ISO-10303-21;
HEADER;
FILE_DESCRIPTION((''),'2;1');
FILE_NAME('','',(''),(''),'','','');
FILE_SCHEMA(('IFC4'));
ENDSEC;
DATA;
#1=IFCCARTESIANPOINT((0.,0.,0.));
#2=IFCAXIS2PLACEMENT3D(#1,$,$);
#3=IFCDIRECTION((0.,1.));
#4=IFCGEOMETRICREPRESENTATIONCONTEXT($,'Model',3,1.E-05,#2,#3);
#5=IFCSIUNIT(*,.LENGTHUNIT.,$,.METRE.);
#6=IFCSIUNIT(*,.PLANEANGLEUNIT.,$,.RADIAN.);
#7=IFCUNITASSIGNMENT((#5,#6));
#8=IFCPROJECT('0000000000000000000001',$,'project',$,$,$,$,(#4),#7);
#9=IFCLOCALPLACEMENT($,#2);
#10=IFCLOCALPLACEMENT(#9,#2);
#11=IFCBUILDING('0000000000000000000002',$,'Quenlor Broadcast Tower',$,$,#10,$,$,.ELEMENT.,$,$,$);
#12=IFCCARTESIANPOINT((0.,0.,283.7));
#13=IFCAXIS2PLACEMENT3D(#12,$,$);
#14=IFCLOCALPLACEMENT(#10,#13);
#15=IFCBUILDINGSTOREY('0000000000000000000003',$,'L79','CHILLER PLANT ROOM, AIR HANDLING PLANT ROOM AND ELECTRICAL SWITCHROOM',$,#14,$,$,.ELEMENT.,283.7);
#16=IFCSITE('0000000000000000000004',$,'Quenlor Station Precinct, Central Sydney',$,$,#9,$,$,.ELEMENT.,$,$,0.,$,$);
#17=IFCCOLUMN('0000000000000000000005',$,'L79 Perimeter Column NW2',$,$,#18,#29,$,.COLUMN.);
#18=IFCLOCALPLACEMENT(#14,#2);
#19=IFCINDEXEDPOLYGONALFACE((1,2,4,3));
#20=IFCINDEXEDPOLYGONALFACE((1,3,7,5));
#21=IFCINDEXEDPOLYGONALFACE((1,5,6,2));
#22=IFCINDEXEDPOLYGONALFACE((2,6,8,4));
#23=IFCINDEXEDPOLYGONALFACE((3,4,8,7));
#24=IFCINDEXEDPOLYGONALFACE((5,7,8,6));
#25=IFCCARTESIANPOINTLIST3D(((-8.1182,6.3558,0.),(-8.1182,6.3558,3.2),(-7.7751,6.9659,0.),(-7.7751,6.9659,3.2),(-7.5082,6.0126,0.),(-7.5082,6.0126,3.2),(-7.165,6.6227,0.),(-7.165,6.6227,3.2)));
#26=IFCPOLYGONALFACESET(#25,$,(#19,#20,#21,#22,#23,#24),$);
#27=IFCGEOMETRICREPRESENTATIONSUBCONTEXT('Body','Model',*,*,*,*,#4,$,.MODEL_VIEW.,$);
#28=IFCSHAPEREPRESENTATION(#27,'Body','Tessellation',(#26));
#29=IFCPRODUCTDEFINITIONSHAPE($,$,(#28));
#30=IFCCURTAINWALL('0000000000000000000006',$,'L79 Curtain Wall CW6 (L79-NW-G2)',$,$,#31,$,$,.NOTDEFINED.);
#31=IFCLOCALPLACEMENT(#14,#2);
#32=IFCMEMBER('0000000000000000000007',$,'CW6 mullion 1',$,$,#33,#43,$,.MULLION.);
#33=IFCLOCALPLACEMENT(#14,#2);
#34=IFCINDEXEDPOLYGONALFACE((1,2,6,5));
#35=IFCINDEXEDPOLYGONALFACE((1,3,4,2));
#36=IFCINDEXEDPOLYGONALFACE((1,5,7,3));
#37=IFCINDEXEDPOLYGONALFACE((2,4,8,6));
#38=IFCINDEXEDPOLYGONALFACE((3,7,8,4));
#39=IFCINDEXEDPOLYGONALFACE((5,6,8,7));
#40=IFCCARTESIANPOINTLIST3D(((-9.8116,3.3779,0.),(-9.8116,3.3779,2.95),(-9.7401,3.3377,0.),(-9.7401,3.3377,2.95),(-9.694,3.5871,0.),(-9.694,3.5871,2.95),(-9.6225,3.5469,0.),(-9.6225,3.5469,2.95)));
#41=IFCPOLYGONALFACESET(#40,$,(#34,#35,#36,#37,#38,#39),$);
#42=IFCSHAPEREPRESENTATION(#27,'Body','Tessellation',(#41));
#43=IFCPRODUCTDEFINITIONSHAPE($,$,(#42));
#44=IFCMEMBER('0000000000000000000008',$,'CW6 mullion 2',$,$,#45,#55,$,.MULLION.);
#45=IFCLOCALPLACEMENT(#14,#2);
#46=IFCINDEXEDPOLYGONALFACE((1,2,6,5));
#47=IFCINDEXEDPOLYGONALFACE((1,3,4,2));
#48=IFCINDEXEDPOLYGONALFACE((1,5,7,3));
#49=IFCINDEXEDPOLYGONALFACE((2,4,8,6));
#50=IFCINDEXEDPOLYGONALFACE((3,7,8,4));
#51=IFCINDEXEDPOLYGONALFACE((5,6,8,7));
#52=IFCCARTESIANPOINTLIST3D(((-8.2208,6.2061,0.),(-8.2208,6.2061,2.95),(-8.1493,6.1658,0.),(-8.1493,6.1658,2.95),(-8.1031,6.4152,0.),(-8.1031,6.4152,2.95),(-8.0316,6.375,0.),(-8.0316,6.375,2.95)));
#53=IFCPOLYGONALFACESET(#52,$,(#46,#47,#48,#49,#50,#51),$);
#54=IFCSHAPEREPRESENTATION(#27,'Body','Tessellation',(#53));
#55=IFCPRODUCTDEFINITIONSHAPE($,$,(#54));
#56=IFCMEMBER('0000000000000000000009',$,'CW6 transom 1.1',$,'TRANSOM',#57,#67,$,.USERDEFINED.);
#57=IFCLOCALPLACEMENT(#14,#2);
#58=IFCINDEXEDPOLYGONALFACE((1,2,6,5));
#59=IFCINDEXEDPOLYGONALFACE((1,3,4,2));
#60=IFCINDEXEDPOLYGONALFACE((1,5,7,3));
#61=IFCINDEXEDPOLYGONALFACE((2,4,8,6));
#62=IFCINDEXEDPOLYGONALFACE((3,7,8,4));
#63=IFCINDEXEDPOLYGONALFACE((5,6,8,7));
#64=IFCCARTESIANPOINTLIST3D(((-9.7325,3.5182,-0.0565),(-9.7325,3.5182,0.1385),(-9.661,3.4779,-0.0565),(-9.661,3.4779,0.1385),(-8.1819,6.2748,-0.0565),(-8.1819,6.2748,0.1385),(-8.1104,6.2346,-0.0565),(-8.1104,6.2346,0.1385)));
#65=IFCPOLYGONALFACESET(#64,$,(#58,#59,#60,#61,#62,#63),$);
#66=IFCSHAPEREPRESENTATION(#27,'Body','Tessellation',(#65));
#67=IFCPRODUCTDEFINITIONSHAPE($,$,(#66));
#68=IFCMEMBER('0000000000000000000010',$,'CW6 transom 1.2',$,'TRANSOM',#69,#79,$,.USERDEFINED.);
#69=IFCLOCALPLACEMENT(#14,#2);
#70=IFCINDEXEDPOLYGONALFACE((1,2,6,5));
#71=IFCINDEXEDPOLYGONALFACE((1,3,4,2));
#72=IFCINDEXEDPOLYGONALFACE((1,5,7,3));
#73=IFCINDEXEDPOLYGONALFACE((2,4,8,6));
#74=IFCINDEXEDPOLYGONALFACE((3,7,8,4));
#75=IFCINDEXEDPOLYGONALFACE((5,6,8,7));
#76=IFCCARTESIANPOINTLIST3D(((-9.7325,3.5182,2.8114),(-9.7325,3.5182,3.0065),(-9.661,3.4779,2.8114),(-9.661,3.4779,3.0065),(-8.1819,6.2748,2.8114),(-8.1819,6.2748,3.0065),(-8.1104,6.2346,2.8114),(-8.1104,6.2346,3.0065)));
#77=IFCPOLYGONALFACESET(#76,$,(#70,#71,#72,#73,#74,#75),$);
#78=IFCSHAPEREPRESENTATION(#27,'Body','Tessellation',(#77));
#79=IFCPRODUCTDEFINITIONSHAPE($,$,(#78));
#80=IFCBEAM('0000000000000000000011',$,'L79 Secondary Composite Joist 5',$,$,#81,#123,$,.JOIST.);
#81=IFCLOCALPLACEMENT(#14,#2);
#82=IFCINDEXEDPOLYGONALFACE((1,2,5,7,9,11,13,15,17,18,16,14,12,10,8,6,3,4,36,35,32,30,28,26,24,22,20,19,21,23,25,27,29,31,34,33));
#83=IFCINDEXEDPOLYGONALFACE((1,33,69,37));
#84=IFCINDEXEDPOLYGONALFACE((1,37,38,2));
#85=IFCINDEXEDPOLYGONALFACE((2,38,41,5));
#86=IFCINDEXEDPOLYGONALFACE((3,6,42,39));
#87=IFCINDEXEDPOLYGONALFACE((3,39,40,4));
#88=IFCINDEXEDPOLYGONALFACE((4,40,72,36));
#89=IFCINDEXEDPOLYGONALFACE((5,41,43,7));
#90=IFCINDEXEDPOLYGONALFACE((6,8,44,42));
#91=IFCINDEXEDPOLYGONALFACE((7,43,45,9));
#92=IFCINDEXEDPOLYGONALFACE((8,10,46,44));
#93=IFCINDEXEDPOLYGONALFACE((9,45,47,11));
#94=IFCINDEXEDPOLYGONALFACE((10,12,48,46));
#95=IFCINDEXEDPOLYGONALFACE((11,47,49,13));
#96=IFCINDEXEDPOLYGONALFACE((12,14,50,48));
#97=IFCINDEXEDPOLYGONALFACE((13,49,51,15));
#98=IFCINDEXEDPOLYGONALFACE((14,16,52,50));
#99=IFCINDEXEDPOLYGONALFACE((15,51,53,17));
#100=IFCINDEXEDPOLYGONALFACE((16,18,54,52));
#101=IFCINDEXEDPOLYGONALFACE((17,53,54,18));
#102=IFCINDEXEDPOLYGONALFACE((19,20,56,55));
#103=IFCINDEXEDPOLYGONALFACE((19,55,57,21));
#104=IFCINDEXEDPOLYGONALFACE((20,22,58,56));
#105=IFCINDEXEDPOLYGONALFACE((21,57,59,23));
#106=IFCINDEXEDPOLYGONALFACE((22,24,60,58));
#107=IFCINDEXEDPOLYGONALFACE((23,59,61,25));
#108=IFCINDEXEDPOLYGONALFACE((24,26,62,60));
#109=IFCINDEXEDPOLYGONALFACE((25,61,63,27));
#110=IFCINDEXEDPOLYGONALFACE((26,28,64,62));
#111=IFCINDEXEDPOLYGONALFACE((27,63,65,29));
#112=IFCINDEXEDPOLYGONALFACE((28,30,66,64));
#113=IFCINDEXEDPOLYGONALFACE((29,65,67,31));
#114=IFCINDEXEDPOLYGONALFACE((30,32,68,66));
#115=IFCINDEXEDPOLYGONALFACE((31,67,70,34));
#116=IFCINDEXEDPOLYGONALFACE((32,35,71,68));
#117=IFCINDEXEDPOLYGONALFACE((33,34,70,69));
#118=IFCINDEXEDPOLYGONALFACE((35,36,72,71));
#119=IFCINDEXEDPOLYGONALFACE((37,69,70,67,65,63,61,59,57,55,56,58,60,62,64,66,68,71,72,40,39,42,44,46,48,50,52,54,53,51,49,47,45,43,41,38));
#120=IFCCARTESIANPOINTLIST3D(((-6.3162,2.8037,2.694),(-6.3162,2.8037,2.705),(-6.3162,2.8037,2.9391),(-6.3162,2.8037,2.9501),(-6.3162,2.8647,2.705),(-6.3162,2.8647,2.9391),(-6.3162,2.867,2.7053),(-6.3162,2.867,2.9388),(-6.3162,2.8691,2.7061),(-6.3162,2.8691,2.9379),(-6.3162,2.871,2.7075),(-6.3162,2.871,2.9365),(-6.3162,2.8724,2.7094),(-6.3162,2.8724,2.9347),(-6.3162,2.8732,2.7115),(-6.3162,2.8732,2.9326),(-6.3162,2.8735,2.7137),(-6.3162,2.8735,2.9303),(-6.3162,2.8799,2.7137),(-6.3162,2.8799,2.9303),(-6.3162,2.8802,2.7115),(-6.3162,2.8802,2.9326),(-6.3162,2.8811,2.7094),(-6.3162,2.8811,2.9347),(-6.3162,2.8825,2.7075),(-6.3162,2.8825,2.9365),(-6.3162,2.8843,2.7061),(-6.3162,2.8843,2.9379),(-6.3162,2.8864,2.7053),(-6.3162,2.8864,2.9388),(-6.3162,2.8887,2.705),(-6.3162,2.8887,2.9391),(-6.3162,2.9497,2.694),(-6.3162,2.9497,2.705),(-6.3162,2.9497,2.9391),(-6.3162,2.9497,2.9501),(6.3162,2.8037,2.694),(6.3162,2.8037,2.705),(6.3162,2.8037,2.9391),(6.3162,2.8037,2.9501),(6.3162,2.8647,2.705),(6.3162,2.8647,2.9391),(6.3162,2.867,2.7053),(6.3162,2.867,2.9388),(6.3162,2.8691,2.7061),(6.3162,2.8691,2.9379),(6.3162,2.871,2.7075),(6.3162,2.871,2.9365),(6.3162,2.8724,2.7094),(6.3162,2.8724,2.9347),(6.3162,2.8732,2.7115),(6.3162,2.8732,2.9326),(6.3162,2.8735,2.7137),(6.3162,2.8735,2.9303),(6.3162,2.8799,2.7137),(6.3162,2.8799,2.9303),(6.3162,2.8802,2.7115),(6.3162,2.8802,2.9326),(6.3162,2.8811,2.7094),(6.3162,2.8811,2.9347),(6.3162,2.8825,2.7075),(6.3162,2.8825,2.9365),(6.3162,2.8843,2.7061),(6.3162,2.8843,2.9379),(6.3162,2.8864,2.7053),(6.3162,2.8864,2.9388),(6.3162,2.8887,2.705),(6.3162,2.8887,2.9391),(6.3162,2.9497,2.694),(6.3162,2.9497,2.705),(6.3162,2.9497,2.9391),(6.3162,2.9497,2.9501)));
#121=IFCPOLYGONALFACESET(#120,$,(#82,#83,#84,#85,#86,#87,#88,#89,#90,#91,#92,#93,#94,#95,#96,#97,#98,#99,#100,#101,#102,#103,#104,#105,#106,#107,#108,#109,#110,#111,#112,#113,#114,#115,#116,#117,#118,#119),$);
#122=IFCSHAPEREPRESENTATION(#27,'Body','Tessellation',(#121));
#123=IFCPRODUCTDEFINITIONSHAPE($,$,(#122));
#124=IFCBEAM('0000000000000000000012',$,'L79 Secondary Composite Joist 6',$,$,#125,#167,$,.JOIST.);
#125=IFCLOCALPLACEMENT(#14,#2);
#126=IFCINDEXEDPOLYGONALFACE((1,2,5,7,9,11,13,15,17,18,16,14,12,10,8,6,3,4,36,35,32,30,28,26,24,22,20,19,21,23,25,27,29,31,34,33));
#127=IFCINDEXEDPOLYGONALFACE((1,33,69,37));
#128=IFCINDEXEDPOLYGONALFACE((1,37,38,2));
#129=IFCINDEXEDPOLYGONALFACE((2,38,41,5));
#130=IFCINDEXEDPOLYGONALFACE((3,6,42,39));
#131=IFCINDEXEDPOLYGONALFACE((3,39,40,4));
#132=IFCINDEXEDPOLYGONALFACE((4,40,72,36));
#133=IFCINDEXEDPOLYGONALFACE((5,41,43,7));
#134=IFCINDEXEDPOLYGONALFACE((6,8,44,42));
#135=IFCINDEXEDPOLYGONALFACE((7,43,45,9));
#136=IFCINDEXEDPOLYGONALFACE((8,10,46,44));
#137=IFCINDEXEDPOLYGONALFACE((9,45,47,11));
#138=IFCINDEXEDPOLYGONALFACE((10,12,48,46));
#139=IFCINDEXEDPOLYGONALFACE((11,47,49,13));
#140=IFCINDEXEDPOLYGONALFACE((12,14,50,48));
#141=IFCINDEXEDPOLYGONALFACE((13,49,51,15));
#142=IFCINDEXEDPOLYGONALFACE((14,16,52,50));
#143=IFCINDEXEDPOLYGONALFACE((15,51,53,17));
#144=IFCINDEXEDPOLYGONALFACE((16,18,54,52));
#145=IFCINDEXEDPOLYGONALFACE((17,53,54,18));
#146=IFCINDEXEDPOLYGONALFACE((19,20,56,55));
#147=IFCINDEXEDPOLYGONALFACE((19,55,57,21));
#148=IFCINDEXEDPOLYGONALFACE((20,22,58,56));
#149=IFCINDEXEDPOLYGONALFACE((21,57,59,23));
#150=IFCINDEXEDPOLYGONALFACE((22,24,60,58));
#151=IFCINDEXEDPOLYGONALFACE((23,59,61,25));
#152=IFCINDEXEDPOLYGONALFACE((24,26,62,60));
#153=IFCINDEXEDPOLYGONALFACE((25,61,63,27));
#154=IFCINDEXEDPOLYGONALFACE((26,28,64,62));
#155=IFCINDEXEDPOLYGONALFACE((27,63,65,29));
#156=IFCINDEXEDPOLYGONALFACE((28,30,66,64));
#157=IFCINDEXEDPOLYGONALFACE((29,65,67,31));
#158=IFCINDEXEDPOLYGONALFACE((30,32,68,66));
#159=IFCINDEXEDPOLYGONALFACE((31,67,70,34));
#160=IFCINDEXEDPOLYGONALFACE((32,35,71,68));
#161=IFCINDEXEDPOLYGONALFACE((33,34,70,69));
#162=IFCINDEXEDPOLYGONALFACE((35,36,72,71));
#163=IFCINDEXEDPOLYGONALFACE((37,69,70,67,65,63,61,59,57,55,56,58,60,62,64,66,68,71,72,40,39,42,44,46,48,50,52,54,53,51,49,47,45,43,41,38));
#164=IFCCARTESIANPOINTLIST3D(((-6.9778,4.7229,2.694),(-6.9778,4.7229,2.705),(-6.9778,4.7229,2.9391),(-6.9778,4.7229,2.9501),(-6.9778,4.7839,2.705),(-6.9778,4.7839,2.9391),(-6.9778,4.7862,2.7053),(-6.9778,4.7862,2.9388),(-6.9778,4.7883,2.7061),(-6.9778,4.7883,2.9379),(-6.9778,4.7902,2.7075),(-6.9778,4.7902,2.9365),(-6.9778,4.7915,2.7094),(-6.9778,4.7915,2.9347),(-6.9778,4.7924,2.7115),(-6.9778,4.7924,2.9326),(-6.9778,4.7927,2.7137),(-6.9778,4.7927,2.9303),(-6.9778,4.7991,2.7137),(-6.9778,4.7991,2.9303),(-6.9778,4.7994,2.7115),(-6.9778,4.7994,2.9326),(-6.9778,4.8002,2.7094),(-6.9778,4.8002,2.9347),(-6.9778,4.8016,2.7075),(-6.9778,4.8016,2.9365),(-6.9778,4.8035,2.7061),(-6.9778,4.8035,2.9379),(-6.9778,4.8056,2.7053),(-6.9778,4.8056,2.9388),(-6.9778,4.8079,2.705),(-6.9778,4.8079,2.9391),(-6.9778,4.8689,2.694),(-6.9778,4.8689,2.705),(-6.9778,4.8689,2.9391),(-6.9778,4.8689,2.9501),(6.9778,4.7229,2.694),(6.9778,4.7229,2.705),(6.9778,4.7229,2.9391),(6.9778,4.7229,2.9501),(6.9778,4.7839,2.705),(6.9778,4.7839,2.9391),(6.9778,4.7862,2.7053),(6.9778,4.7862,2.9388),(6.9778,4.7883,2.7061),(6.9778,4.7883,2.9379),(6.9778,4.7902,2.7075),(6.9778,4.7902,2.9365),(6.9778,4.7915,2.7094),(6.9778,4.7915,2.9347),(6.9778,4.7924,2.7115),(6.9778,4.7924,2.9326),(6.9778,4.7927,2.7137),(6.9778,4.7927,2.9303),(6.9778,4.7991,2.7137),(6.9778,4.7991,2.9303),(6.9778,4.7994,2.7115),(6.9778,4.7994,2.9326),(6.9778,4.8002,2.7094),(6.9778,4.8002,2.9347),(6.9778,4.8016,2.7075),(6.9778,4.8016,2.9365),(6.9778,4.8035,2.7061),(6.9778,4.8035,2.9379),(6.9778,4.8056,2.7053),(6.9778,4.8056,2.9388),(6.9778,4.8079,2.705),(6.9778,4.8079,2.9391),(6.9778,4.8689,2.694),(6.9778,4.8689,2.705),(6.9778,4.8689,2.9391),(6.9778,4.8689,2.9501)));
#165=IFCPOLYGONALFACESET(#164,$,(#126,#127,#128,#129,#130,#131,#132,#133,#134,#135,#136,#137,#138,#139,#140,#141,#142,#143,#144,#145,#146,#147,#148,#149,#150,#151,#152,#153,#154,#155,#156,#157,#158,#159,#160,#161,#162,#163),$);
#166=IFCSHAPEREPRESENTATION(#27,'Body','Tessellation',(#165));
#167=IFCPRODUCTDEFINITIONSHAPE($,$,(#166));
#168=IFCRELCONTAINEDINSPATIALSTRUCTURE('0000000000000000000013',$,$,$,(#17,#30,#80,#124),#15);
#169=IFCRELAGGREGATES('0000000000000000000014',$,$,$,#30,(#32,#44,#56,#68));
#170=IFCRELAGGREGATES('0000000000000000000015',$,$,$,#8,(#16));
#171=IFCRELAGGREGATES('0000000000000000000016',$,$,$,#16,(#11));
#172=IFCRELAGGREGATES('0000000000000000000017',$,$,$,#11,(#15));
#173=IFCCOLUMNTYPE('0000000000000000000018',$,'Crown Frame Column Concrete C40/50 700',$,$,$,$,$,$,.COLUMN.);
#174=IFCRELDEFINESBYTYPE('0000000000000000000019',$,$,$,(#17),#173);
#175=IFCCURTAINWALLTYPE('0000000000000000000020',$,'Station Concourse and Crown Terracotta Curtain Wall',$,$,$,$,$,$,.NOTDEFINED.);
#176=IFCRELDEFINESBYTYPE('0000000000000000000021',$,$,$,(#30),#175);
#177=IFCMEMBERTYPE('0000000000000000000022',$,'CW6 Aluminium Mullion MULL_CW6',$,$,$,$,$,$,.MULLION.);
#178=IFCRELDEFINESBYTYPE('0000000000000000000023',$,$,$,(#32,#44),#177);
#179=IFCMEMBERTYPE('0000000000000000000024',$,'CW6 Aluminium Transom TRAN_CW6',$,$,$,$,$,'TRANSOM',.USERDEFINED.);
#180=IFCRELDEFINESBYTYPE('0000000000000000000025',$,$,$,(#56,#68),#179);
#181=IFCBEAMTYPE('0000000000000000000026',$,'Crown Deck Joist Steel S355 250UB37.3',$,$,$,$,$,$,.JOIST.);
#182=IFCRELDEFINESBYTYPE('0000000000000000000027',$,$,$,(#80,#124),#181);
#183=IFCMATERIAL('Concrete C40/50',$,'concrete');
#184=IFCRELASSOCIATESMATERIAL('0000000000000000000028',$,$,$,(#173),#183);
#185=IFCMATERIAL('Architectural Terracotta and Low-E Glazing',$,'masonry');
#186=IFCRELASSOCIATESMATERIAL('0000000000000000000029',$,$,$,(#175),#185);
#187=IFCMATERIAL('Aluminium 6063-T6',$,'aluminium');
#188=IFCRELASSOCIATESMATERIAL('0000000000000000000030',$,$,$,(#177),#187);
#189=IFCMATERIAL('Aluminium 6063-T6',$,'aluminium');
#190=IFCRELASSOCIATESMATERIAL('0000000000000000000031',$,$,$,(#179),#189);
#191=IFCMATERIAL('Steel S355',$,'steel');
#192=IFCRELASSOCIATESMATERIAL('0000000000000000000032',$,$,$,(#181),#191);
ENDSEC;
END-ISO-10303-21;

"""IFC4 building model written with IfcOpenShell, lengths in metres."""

from ifc_helpers import new_model, si_unit, direction, frame, origin, origin_2d, place, context, subcontext, project, spatial, rectangle, i_section, extrude, material, material_profile, profile_set, type_object, element, aggregate, save


model = new_model("IFC4")

# Units and contexts
model_context = context("Model", 3, precision=1e-05, world=origin(), true_north=direction((0.0, 1.0)))
body_context = subcontext(model_context, "Body", "Model", "MODEL_VIEW")
ifc_project = project(units=[si_unit("LENGTHUNIT", "METRE"), si_unit("PLANEANGLEUNIT", "RADIAN")], contexts=[model_context])

# Site, building, storey
site_placement = place(None, origin())
site = spatial("IfcSite", under=ifc_project, at=site_placement, Name="Quenlor Station Precinct, Central Sydney", CompositionType="ELEMENT", RefElevation=0.0)
building_placement = place(site_placement, origin())
building = spatial("IfcBuilding", under=site, at=building_placement, Name="Quenlor Broadcast Tower", CompositionType="ELEMENT")
storey_placement = place(building_placement, frame((0.0, 0.0, 283.7)))
storey = spatial("IfcBuildingStorey", under=building, at=storey_placement, Name="L79", Description="CHILLER PLANT ROOM, AIR HANDLING PLANT ROOM AND ELECTRICAL SWITCHROOM", CompositionType="ELEMENT", Elevation=283.7)

# Column
ifc_material_1 = material(Name="Concrete C40/50", Category="concrete")
ifc_material_profile_1 = material_profile(ifc_material_1, rectangle(XDim=0.7, YDim=0.7, at=origin_2d()))
ifc_profile_set_1 = profile_set([ifc_material_profile_1], Name="Concrete C40/50 RC700x700")
column_type = type_object("IfcColumnType", Name="Crown Frame Column Concrete C40/50 700", PredefinedType="COLUMN", material=ifc_profile_set_1)
column_placement = place(storey_placement, frame((-7.6416, 6.4893, 0.0), z_axis=(0.0, 0.0, 1.0), x_axis=(-0.871575, 0.490262, 0.0)))
element("IfcColumn", 1, at=column_placement, inside=storey, type_object=column_type, Name="L79 Perimeter Column NW2", PredefinedType="COLUMN", context=body_context, shape_type="SweptSolid", body=[
    extrude(rectangle(XDim=0.7, YDim=0.7, at=origin_2d()), origin(), (0.0, 0.0, 1.0), 3.2),
])

# Curtain wall, members
ifc_material_2 = material(Name="Architectural Terracotta and Low-E Glazing", Category="masonry")
curtain_wall_type = type_object("IfcCurtainWallType", Name="Station Concourse and Crown Terracotta Curtain Wall", PredefinedType="NOTDEFINED", material=ifc_material_2)
curtain_wall_placement = place(storey_placement, origin())
curtain_wall = element("IfcCurtainWall", 2, at=curtain_wall_placement, inside=storey, type_object=curtain_wall_type, Name="L79 Curtain Wall CW6 (L79-NW-G2)", PredefinedType="NOTDEFINED")
ifc_material_3 = material(Name="Aluminium 6063-T6", Category="aluminium")
ifc_material_profile_2 = material_profile(ifc_material_3, rectangle(XDim=0.082, YDim=0.24, at=origin_2d()))
ifc_profile_set_2 = profile_set([ifc_material_profile_2], Name="Aluminium 6063-T6 MULL82x240")
member_type_1 = type_object("IfcMemberType", Name="CW6 Aluminium Mullion MULL_CW6", PredefinedType="MULLION", material=ifc_profile_set_2)
member_1_placement = place(storey_placement, frame((-9.717, 3.4624, 0.0), z_axis=(0.0, 0.0, 1.0), x_axis=(-0.871572, 0.490268, 0.0)))
member_1 = element("IfcMember", 3, at=member_1_placement, type_object=member_type_1, Name="CW6 mullion 1", PredefinedType="MULLION", context=body_context, shape_type="SweptSolid", body=[
    extrude(rectangle(XDim=0.082, YDim=0.24, at=origin_2d()), origin(), (0.0, 0.0, 1.0), 2.95),
])
member_2_placement = place(storey_placement, frame((-8.1262, 6.2905, 0.0), z_axis=(0.0, 0.0, 1.0), x_axis=(-0.871572, 0.490268, 0.0)))
member_2 = element("IfcMember", 4, at=member_2_placement, type_object=member_type_1, Name="CW6 mullion 2", PredefinedType="MULLION", context=body_context, shape_type="SweptSolid", body=[
    extrude(rectangle(XDim=0.082, YDim=0.24, at=origin_2d()), origin(), (0.0, 0.0, 1.0), 2.95),
])
ifc_material_4 = material(Name="Aluminium 6063-T6", Category="aluminium")
ifc_material_profile_3 = material_profile(ifc_material_4, rectangle(XDim=0.082, YDim=0.1951, at=origin_2d()))
ifc_profile_set_3 = profile_set([ifc_material_profile_3], Name="Aluminium 6063-T6 TRAN82x195")
member_type_2 = type_object("IfcMemberType", Name="CW6 Aluminium Transom TRAN_CW6", ElementType="TRANSOM", PredefinedType="USERDEFINED", material=ifc_profile_set_3)
member_3_placement = place(storey_placement, frame((-9.6968, 3.498, 0.041), z_axis=(0.49025, 0.871582, 0.0), x_axis=(-0.871582, 0.49025, 0.0)))
member_3 = element("IfcMember", 5, at=member_3_placement, type_object=member_type_2, Name="CW6 transom 1.1", ObjectType="TRANSOM", PredefinedType="USERDEFINED", context=body_context, shape_type="SweptSolid", body=[
    extrude(rectangle(XDim=0.082, YDim=0.1951, at=origin_2d()), origin(), (0.0, 0.0, 1.0), 3.1628),
])
member_4_placement = place(storey_placement, frame((-9.6968, 3.498, 2.9089), z_axis=(0.49025, 0.871582, 0.0), x_axis=(-0.871582, 0.49025, 0.0)))
member_4 = element("IfcMember", 6, at=member_4_placement, type_object=member_type_2, Name="CW6 transom 1.2", ObjectType="TRANSOM", PredefinedType="USERDEFINED", context=body_context, shape_type="SweptSolid", body=[
    extrude(rectangle(XDim=0.082, YDim=0.1951, at=origin_2d()), origin(), (0.0, 0.0, 1.0), 3.1628),
])

# Beams
ifc_material_5 = material(Name="Steel S355", Category="steel")
ifc_material_profile_4 = material_profile(ifc_material_5, i_section(OverallWidth=0.146, OverallDepth=0.2561, WebThickness=0.0063, FlangeThickness=0.011, FilletRadius=0.0088, at=origin_2d()))
ifc_profile_set_4 = profile_set([ifc_material_profile_4], Name="Steel S355 250UB37.3")
beam_type_1 = type_object("IfcBeamType", Name="Crown Deck Joist Steel S355 250UB37.3", PredefinedType="JOIST", material=ifc_profile_set_4)
beam_1_placement = place(storey_placement, frame((-6.3162, 2.8767, 2.822), z_axis=(1.0, 0.0, 0.0), x_axis=(0.0, 1.0, 0.0)))
element("IfcBeam", 7, at=beam_1_placement, inside=storey, type_object=beam_type_1, Name="L79 Secondary Composite Joist 5", PredefinedType="JOIST", context=body_context, shape_type="SweptSolid", body=[
    extrude(i_section(OverallWidth=0.146, OverallDepth=0.2561, WebThickness=0.0063, FlangeThickness=0.011, FilletRadius=0.0088, at=origin_2d()), origin(), (0.0, 0.0, 1.0), 12.6323),
])
beam_2_placement = place(storey_placement, frame((-6.9778, 4.7959, 2.822), z_axis=(1.0, 0.0, 0.0), x_axis=(0.0, 1.0, 0.0)))
element("IfcBeam", 8, at=beam_2_placement, inside=storey, type_object=beam_type_1, Name="L79 Secondary Composite Joist 6", PredefinedType="JOIST", context=body_context, shape_type="SweptSolid", body=[
    extrude(i_section(OverallWidth=0.146, OverallDepth=0.2561, WebThickness=0.0063, FlangeThickness=0.011, FilletRadius=0.0088, at=origin_2d()), origin(), (0.0, 0.0, 1.0), 13.9556),
])

aggregate(curtain_wall, [member_1, member_2, member_3, member_4])

save(model, "model.ifc")
